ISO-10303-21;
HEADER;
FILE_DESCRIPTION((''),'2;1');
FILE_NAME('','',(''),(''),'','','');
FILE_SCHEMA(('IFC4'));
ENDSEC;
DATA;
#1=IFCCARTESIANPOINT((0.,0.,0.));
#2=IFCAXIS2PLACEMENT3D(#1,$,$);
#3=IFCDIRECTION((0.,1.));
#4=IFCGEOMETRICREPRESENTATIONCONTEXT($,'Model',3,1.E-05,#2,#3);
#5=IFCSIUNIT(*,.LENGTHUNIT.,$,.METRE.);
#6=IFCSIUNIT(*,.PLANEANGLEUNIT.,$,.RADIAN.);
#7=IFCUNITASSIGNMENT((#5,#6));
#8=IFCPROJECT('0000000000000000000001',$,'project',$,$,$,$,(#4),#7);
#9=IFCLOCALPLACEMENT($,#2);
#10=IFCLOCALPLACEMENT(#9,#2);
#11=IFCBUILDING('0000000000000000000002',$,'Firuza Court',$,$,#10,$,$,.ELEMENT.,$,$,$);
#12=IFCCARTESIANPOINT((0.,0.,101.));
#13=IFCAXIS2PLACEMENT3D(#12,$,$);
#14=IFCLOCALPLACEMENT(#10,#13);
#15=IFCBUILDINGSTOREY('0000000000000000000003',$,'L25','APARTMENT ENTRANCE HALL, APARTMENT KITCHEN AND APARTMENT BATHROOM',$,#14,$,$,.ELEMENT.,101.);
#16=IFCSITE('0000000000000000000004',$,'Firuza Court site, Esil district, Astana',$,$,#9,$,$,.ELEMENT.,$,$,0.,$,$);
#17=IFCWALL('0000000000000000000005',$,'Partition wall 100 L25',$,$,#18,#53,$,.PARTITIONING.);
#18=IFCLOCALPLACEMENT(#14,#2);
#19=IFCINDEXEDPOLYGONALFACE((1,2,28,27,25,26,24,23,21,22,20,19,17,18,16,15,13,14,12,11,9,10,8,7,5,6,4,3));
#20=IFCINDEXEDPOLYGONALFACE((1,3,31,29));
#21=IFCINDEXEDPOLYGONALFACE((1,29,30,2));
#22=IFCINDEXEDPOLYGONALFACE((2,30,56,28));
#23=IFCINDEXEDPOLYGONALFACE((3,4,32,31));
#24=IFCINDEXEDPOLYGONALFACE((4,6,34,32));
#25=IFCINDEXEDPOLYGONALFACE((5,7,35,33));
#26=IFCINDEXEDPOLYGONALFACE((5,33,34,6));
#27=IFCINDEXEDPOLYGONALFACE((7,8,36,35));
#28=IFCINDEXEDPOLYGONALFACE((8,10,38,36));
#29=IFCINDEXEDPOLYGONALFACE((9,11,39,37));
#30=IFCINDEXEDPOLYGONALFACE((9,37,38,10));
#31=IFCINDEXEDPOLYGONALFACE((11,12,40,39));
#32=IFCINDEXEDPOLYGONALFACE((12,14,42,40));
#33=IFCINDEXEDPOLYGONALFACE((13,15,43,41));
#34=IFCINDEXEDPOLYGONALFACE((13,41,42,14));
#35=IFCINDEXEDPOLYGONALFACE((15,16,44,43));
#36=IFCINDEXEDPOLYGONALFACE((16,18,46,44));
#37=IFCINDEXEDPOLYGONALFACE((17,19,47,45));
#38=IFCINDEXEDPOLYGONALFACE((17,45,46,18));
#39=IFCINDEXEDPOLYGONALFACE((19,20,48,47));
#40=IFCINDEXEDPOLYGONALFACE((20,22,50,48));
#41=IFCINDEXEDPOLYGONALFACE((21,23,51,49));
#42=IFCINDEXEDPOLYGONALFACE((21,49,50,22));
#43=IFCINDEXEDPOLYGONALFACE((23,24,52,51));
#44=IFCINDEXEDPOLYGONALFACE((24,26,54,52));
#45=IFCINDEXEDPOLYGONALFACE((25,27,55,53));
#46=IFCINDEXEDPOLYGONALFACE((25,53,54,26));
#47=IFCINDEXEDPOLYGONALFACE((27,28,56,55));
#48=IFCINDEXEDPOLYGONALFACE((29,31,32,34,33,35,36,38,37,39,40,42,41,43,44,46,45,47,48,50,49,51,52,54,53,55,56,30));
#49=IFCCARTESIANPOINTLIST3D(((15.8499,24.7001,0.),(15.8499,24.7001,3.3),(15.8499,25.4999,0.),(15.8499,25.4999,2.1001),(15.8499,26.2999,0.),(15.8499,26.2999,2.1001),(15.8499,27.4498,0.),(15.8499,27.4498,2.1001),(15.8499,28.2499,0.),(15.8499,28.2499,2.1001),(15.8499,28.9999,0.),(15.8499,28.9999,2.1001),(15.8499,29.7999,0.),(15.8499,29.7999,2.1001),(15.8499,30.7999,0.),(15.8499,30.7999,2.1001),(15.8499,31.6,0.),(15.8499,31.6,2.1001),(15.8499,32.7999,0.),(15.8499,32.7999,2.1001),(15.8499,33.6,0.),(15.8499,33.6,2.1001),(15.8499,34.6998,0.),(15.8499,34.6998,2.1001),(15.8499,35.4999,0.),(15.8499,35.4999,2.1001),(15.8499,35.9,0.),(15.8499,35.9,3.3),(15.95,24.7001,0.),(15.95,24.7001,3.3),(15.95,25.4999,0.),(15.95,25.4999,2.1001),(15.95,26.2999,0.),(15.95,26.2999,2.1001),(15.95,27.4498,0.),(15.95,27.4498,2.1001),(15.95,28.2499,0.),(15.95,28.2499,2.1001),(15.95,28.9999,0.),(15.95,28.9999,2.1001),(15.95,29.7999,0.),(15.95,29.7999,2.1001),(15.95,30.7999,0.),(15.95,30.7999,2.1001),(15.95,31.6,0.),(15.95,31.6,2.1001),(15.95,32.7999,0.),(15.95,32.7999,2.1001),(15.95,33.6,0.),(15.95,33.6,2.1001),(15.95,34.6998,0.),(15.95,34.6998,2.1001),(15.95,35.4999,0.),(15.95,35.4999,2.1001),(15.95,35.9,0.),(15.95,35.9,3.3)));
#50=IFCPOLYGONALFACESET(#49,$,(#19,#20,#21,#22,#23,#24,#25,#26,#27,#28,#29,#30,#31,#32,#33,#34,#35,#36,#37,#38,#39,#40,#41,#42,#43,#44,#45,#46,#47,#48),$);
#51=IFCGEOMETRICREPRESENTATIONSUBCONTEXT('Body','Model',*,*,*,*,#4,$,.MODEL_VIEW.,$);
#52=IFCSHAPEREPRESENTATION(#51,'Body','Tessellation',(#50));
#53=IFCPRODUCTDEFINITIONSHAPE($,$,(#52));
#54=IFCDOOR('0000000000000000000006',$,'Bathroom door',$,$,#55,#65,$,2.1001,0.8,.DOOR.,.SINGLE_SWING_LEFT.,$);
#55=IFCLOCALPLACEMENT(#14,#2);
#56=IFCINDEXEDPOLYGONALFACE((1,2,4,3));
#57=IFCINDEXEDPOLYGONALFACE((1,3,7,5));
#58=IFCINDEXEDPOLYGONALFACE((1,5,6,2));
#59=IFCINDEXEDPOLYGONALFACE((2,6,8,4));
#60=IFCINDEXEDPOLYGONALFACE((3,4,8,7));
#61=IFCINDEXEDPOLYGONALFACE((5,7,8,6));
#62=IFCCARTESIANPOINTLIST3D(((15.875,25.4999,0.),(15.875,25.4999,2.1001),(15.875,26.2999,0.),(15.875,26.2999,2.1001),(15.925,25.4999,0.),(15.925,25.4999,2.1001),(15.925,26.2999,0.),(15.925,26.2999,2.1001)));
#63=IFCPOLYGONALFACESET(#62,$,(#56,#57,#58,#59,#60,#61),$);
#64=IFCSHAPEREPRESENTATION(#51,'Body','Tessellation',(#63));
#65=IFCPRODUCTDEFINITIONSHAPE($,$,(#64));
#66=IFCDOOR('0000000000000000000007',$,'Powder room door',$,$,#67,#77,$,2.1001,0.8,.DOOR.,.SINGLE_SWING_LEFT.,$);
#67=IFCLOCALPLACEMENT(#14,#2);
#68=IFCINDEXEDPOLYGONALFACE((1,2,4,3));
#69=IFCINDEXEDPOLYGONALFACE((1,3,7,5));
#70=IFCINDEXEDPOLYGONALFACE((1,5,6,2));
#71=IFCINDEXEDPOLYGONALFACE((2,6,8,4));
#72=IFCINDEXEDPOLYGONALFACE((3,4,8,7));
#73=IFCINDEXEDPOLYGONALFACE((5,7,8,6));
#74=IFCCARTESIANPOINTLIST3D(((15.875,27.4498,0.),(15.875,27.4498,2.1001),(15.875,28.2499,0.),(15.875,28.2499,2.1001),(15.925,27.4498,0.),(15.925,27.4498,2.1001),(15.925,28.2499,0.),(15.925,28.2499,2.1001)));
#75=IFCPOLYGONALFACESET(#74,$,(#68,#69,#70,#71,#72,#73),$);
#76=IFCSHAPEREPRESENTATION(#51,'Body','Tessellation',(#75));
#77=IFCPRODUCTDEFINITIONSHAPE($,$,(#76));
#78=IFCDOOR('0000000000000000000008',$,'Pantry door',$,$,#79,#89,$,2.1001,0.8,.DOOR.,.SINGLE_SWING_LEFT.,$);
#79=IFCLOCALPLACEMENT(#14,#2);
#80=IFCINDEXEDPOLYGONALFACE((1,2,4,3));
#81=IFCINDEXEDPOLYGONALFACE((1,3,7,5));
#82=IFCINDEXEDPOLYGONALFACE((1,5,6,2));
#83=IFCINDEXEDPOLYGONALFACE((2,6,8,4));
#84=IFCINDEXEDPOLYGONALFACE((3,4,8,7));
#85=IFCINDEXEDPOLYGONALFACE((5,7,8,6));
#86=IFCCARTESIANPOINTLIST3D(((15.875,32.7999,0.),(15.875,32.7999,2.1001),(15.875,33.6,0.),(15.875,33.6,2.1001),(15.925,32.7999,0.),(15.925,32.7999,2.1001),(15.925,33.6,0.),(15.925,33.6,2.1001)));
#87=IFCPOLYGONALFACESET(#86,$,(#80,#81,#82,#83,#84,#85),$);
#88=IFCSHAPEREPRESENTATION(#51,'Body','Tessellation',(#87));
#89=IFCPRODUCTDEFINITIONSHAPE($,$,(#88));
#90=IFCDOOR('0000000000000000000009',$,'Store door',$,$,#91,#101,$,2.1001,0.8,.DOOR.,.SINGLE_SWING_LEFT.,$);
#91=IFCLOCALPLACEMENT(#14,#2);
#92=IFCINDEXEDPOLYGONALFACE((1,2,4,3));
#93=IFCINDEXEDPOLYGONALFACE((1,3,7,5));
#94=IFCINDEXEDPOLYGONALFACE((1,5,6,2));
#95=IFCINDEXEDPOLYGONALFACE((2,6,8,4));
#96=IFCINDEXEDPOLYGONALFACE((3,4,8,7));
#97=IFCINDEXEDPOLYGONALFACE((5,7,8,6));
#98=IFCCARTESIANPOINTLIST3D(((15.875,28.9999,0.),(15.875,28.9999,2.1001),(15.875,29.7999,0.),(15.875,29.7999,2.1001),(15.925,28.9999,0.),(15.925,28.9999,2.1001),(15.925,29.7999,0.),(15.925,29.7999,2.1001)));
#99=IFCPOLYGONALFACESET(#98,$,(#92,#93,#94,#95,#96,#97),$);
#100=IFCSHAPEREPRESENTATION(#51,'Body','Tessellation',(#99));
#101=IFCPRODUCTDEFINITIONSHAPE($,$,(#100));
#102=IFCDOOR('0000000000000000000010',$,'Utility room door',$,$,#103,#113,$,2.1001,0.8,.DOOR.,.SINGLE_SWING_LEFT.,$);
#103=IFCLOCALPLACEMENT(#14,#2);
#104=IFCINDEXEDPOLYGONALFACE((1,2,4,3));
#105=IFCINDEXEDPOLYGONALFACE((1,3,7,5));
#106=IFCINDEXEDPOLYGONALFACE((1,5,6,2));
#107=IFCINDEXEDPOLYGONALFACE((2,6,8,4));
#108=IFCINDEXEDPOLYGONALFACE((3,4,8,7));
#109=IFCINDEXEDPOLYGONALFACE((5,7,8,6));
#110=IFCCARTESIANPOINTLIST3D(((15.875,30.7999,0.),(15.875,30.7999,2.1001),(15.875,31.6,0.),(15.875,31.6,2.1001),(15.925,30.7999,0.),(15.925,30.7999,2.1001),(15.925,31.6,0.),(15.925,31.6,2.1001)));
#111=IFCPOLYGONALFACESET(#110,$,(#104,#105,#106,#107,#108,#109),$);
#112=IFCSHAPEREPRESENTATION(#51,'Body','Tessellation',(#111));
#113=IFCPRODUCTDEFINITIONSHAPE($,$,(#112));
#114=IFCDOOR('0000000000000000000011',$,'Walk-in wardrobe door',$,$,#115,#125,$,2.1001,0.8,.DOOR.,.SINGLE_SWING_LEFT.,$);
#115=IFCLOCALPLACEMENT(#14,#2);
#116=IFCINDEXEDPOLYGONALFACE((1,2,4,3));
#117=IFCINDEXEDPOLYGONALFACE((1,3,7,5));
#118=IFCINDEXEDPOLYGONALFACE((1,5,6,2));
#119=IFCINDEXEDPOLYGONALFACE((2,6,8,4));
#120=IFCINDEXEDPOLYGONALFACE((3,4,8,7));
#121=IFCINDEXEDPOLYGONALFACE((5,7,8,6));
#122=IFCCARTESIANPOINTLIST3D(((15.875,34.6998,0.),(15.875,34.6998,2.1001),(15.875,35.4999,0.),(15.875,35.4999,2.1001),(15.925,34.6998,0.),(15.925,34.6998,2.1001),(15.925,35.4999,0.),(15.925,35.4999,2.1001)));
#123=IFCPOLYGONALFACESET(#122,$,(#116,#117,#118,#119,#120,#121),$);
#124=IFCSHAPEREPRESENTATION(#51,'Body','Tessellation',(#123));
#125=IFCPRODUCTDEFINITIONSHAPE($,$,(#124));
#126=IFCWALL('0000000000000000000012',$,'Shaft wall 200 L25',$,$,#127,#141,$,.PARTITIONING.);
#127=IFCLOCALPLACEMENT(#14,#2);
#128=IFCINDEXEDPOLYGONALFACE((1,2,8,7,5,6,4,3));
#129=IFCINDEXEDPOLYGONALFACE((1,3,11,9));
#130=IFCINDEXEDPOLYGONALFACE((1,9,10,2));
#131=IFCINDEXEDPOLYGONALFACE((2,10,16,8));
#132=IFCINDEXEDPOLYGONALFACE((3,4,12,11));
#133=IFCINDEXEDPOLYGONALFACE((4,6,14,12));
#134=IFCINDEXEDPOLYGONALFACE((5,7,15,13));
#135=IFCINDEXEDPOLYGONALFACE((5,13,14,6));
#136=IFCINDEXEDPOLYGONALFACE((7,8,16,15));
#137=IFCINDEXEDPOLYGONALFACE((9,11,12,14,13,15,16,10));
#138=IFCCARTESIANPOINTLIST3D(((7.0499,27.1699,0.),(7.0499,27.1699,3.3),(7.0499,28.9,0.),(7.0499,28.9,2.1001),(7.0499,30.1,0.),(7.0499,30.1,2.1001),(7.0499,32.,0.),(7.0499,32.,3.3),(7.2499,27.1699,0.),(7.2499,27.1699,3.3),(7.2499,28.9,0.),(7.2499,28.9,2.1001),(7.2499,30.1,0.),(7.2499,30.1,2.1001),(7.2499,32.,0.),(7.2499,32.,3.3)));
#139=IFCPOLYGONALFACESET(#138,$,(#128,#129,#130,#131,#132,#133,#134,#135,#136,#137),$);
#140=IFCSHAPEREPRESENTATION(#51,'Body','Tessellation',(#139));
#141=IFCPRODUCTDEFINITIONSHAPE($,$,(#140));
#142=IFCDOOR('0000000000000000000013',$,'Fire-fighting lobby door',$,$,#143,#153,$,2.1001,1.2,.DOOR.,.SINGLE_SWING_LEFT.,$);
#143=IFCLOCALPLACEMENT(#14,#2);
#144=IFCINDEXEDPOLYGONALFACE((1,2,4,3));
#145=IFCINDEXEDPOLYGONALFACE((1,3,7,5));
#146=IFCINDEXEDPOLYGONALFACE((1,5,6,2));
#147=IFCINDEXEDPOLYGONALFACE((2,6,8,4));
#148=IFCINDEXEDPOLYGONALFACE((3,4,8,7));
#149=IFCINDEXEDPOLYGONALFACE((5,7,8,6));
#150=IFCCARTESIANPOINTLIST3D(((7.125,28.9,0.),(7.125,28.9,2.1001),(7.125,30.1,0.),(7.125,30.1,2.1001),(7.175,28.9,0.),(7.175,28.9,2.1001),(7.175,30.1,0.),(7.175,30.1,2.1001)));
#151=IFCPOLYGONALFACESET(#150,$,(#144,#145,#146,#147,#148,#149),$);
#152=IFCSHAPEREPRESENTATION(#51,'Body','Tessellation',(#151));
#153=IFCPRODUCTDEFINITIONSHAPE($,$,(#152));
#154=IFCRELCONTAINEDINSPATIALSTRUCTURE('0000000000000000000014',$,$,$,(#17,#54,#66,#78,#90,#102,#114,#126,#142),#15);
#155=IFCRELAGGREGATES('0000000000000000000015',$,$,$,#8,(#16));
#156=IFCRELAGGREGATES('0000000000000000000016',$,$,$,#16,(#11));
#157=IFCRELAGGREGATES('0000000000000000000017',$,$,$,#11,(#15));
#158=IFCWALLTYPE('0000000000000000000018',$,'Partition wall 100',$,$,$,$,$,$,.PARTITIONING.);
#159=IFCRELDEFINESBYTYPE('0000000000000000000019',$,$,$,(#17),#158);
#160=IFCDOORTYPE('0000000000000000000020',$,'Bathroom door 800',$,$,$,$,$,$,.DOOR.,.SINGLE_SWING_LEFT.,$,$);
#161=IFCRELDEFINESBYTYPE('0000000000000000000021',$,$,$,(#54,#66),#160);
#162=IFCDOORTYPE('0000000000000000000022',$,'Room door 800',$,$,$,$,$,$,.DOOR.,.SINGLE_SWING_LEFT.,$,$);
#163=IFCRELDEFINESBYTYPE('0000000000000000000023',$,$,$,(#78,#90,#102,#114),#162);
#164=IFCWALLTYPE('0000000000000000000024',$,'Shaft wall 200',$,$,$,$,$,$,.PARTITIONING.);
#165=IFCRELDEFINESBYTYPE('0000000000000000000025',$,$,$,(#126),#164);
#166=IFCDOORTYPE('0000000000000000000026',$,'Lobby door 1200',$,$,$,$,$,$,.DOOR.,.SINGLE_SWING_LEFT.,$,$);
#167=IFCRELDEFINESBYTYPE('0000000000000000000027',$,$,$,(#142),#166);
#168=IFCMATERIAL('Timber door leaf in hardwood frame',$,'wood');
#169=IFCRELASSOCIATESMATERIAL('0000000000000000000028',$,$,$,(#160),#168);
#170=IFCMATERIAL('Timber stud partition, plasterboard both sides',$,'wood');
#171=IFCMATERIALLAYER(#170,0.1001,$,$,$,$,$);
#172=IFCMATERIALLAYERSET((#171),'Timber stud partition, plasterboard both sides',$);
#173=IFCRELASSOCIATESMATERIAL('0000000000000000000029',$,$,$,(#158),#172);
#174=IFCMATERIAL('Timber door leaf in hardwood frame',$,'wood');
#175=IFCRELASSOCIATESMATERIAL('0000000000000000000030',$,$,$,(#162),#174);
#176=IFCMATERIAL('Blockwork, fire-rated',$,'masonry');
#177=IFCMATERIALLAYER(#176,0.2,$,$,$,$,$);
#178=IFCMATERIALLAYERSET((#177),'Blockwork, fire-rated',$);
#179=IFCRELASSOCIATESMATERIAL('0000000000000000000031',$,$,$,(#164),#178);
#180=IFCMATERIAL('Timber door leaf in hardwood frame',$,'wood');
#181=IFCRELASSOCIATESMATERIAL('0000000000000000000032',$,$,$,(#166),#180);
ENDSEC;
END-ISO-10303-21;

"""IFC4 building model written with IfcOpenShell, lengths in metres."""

from ifc_helpers import new_model, si_unit, direction, frame, frame_2d, origin, place, context, subcontext, project, spatial, rectangle, extrude, material, layer, layer_set, type_object, element, fill, save


model = new_model("IFC4")

# Units and contexts
model_context = context("Model", 3, precision=1e-05, world=origin(), true_north=direction((0.0, 1.0)))
body_context = subcontext(model_context, "Body", "Model", "MODEL_VIEW")
ifc_project = project(units=[si_unit("LENGTHUNIT", "METRE"), si_unit("PLANEANGLEUNIT", "RADIAN")], contexts=[model_context])

# Site, building, storey
site_placement = place(None, origin())
site = spatial("IfcSite", under=ifc_project, at=site_placement, Name="Firuza Court site, Esil district, Astana", CompositionType="ELEMENT", RefElevation=0.0)
building_placement = place(site_placement, origin())
building = spatial("IfcBuilding", under=site, at=building_placement, Name="Firuza Court", CompositionType="ELEMENT")
storey_placement = place(building_placement, frame((0.0, 0.0, 101.0)))
storey = spatial("IfcBuildingStorey", under=building, at=storey_placement, Name="L25", Description="APARTMENT ENTRANCE HALL, APARTMENT KITCHEN AND APARTMENT BATHROOM", CompositionType="ELEMENT", Elevation=101.0)

# Shared definitions
ifc_material_1 = material(Name="Timber door leaf in hardwood frame", Category="wood")
door_type_1 = type_object("IfcDoorType", Name="Bathroom door 800", OperationType="SINGLE_SWING_LEFT", PredefinedType="DOOR", material=ifc_material_1)

# Shared definitions
ifc_material_2 = material(Name="Timber stud partition, plasterboard both sides", Category="wood")
ifc_layer_1 = layer(ifc_material_2, 0.1001)
ifc_layer_set_1 = layer_set([ifc_layer_1], Name="Timber stud partition, plasterboard both sides")
wall_type_1 = type_object("IfcWallType", Name="Partition wall 100", PredefinedType="PARTITIONING", material=ifc_layer_set_1)

# Wall, openings, doors
wall_1_placement = place(storey_placement, frame((15.8999, 24.7, 0.0), z_axis=(0.0, 0.0, 1.0), x_axis=(0.0, 1.0, 0.0)))
wall_1 = element("IfcWall", 1, at=wall_1_placement, inside=storey, type_object=wall_type_1, Name="Partition wall 100 L25", PredefinedType="PARTITIONING", context=body_context, shape_type="SweptSolid", body=[
    extrude(rectangle(XDim=11.2, YDim=0.1001, at=frame_2d((5.6001, 0.0))), origin(), (0.0, 0.0, 1.0), 3.3),
])
opening_1_placement = place(wall_1_placement, frame((0.8, 0.0, 0.0)))
opening_1 = element("IfcOpeningElement", 2, at=opening_1_placement, cuts=wall_1, PredefinedType="OPENING", context=body_context, shape_type="SweptSolid", body=[
    extrude(rectangle(XDim=0.8, YDim=2.1001, at=frame_2d((0.3999, 1.05))), frame((0.0, 0.062, 0.0), z_axis=(0.0, -1.0, 0.0), x_axis=(1.0, 0.0, 0.0)), (0.0, 0.0, 1.0), 0.124),
])
opening_2_placement = place(wall_1_placement, frame((8.1001, 0.0, 0.0)))
opening_2 = element("IfcOpeningElement", 3, at=opening_2_placement, cuts=wall_1, PredefinedType="OPENING", context=body_context, shape_type="SweptSolid", body=[
    extrude(rectangle(XDim=0.8, YDim=2.1001, at=frame_2d((0.3999, 1.05))), frame((0.0, 0.062, 0.0), z_axis=(0.0, -1.0, 0.0), x_axis=(1.0, 0.0, 0.0)), (0.0, 0.0, 1.0), 0.124),
])
opening_3_placement = place(wall_1_placement, frame((4.3, 0.0, 0.0)))
opening_3 = element("IfcOpeningElement", 4, at=opening_3_placement, cuts=wall_1, PredefinedType="OPENING", context=body_context, shape_type="SweptSolid", body=[
    extrude(rectangle(XDim=0.8, YDim=2.1001, at=frame_2d((0.3999, 1.05))), frame((0.0, 0.062, 0.0), z_axis=(0.0, -1.0, 0.0), x_axis=(1.0, 0.0, 0.0)), (0.0, 0.0, 1.0), 0.124),
])
opening_4_placement = place(wall_1_placement, frame((6.1001, 0.0, 0.0)))
opening_4 = element("IfcOpeningElement", 5, at=opening_4_placement, cuts=wall_1, PredefinedType="OPENING", context=body_context, shape_type="SweptSolid", body=[
    extrude(rectangle(XDim=0.8, YDim=2.1001, at=frame_2d((0.3999, 1.05))), frame((0.0, 0.062, 0.0), z_axis=(0.0, -1.0, 0.0), x_axis=(1.0, 0.0, 0.0)), (0.0, 0.0, 1.0), 0.124),
])
opening_5_placement = place(wall_1_placement, frame((10.0, 0.0, 0.0)))
opening_5 = element("IfcOpeningElement", 6, at=opening_5_placement, cuts=wall_1, PredefinedType="OPENING", context=body_context, shape_type="SweptSolid", body=[
    extrude(rectangle(XDim=0.8, YDim=2.1001, at=frame_2d((0.3999, 1.05))), frame((0.0, 0.062, 0.0), z_axis=(0.0, -1.0, 0.0), x_axis=(1.0, 0.0, 0.0)), (0.0, 0.0, 1.0), 0.124),
])
opening_6_placement = place(wall_1_placement, frame((2.75, 0.0, 0.0)))
opening_6 = element("IfcOpeningElement", 7, at=opening_6_placement, cuts=wall_1, PredefinedType="OPENING", context=body_context, shape_type="SweptSolid", body=[
    extrude(rectangle(XDim=0.8, YDim=2.1001, at=frame_2d((0.3999, 1.05))), frame((0.0, 0.062, 0.0), z_axis=(0.0, -1.0, 0.0), x_axis=(1.0, 0.0, 0.0)), (0.0, 0.0, 1.0), 0.124),
])
door_1_placement = place(opening_1_placement, origin())
door_1 = element("IfcDoor", 8, at=door_1_placement, inside=storey, type_object=door_type_1, Name="Bathroom door", OperationType="SINGLE_SWING_LEFT", OverallHeight=2.1001, OverallWidth=0.8, PredefinedType="DOOR", context=body_context, shape_type="SweptSolid", body=[
    extrude(rectangle(XDim=0.8, YDim=2.1001, at=frame_2d((0.3999, 1.05))), frame((0.0, 0.0249, 0.0), z_axis=(0.0, -1.0, 0.0), x_axis=(1.0, 0.0, 0.0)), (0.0, 0.0, 1.0), 0.05),
])
fill(opening_1, door_1)
door_2_placement = place(opening_6_placement, origin())
door_2 = element("IfcDoor", 9, at=door_2_placement, inside=storey, type_object=door_type_1, Name="Powder room door", OperationType="SINGLE_SWING_LEFT", OverallHeight=2.1001, OverallWidth=0.8, PredefinedType="DOOR", context=body_context, shape_type="SweptSolid", body=[
    extrude(rectangle(XDim=0.8, YDim=2.1001, at=frame_2d((0.3999, 1.05))), frame((0.0, 0.0249, 0.0), z_axis=(0.0, -1.0, 0.0), x_axis=(1.0, 0.0, 0.0)), (0.0, 0.0, 1.0), 0.05),
])
fill(opening_6, door_2)
ifc_material_3 = material(Name="Timber door leaf in hardwood frame", Category="wood")
door_type_2 = type_object("IfcDoorType", Name="Room door 800", OperationType="SINGLE_SWING_LEFT", PredefinedType="DOOR", material=ifc_material_3)
door_3_placement = place(opening_2_placement, origin())
door_3 = element("IfcDoor", 10, at=door_3_placement, inside=storey, type_object=door_type_2, Name="Pantry door", OperationType="SINGLE_SWING_LEFT", OverallHeight=2.1001, OverallWidth=0.8, PredefinedType="DOOR", context=body_context, shape_type="SweptSolid", body=[
    extrude(rectangle(XDim=0.8, YDim=2.1001, at=frame_2d((0.3999, 1.05))), frame((0.0, 0.0249, 0.0), z_axis=(0.0, -1.0, 0.0), x_axis=(1.0, 0.0, 0.0)), (0.0, 0.0, 1.0), 0.05),
])
fill(opening_2, door_3)
door_4_placement = place(opening_3_placement, origin())
door_4 = element("IfcDoor", 11, at=door_4_placement, inside=storey, type_object=door_type_2, Name="Store door", OperationType="SINGLE_SWING_LEFT", OverallHeight=2.1001, OverallWidth=0.8, PredefinedType="DOOR", context=body_context, shape_type="SweptSolid", body=[
    extrude(rectangle(XDim=0.8, YDim=2.1001, at=frame_2d((0.3999, 1.05))), frame((0.0, 0.0249, 0.0), z_axis=(0.0, -1.0, 0.0), x_axis=(1.0, 0.0, 0.0)), (0.0, 0.0, 1.0), 0.05),
])
fill(opening_3, door_4)
door_5_placement = place(opening_4_placement, origin())
door_5 = element("IfcDoor", 12, at=door_5_placement, inside=storey, type_object=door_type_2, Name="Utility room door", OperationType="SINGLE_SWING_LEFT", OverallHeight=2.1001, OverallWidth=0.8, PredefinedType="DOOR", context=body_context, shape_type="SweptSolid", body=[
    extrude(rectangle(XDim=0.8, YDim=2.1001, at=frame_2d((0.3999, 1.05))), frame((0.0, 0.0249, 0.0), z_axis=(0.0, -1.0, 0.0), x_axis=(1.0, 0.0, 0.0)), (0.0, 0.0, 1.0), 0.05),
])
fill(opening_4, door_5)
door_6_placement = place(opening_5_placement, origin())
door_6 = element("IfcDoor", 13, at=door_6_placement, inside=storey, type_object=door_type_2, Name="Walk-in wardrobe door", OperationType="SINGLE_SWING_LEFT", OverallHeight=2.1001, OverallWidth=0.8, PredefinedType="DOOR", context=body_context, shape_type="SweptSolid", body=[
    extrude(rectangle(XDim=0.8, YDim=2.1001, at=frame_2d((0.3999, 1.05))), frame((0.0, 0.0249, 0.0), z_axis=(0.0, -1.0, 0.0), x_axis=(1.0, 0.0, 0.0)), (0.0, 0.0, 1.0), 0.05),
])
fill(opening_5, door_6)

# Wall, opening, door
ifc_material_4 = material(Name="Blockwork, fire-rated", Category="masonry")
ifc_layer_2 = layer(ifc_material_4, 0.2)
ifc_layer_set_2 = layer_set([ifc_layer_2], Name="Blockwork, fire-rated")
wall_type_2 = type_object("IfcWallType", Name="Shaft wall 200", PredefinedType="PARTITIONING", material=ifc_layer_set_2)
wall_2_placement = place(storey_placement, frame((7.1499, 27.1699, 0.0), z_axis=(0.0, 0.0, 1.0), x_axis=(0.0, 1.0, 0.0)))
wall_2 = element("IfcWall", 14, at=wall_2_placement, inside=storey, type_object=wall_type_2, Name="Shaft wall 200 L25", PredefinedType="PARTITIONING", context=body_context, shape_type="SweptSolid", body=[
    extrude(rectangle(XDim=4.8301, YDim=0.2, at=frame_2d((2.415, 0.0))), origin(), (0.0, 0.0, 1.0), 3.3),
])
opening_7_placement = place(wall_2_placement, frame((1.73, 0.0, 0.0)))
opening_7 = element("IfcOpeningElement", 15, at=opening_7_placement, cuts=wall_2, PredefinedType="OPENING", context=body_context, shape_type="SweptSolid", body=[
    extrude(rectangle(XDim=1.2, YDim=2.1001, at=frame_2d((0.6001, 1.05))), frame((0.0, 0.1118, 0.0), z_axis=(0.0, -1.0, 0.0), x_axis=(1.0, 0.0, 0.0)), (0.0, 0.0, 1.0), 0.2239),
])
ifc_material_5 = material(Name="Timber door leaf in hardwood frame", Category="wood")
door_type_3 = type_object("IfcDoorType", Name="Lobby door 1200", OperationType="SINGLE_SWING_LEFT", PredefinedType="DOOR", material=ifc_material_5)
door_7_placement = place(opening_7_placement, origin())
door_7 = element("IfcDoor", 16, at=door_7_placement, inside=storey, type_object=door_type_3, Name="Fire-fighting lobby door", OperationType="SINGLE_SWING_LEFT", OverallHeight=2.1001, OverallWidth=1.2, PredefinedType="DOOR", context=body_context, shape_type="SweptSolid", body=[
    extrude(rectangle(XDim=1.2, YDim=2.1001, at=frame_2d((0.6001, 1.05))), frame((0.0, 0.0249, 0.0), z_axis=(0.0, -1.0, 0.0), x_axis=(1.0, 0.0, 0.0)), (0.0, 0.0, 1.0), 0.05),
])
fill(opening_7, door_7)

save(model, "model.ifc")
